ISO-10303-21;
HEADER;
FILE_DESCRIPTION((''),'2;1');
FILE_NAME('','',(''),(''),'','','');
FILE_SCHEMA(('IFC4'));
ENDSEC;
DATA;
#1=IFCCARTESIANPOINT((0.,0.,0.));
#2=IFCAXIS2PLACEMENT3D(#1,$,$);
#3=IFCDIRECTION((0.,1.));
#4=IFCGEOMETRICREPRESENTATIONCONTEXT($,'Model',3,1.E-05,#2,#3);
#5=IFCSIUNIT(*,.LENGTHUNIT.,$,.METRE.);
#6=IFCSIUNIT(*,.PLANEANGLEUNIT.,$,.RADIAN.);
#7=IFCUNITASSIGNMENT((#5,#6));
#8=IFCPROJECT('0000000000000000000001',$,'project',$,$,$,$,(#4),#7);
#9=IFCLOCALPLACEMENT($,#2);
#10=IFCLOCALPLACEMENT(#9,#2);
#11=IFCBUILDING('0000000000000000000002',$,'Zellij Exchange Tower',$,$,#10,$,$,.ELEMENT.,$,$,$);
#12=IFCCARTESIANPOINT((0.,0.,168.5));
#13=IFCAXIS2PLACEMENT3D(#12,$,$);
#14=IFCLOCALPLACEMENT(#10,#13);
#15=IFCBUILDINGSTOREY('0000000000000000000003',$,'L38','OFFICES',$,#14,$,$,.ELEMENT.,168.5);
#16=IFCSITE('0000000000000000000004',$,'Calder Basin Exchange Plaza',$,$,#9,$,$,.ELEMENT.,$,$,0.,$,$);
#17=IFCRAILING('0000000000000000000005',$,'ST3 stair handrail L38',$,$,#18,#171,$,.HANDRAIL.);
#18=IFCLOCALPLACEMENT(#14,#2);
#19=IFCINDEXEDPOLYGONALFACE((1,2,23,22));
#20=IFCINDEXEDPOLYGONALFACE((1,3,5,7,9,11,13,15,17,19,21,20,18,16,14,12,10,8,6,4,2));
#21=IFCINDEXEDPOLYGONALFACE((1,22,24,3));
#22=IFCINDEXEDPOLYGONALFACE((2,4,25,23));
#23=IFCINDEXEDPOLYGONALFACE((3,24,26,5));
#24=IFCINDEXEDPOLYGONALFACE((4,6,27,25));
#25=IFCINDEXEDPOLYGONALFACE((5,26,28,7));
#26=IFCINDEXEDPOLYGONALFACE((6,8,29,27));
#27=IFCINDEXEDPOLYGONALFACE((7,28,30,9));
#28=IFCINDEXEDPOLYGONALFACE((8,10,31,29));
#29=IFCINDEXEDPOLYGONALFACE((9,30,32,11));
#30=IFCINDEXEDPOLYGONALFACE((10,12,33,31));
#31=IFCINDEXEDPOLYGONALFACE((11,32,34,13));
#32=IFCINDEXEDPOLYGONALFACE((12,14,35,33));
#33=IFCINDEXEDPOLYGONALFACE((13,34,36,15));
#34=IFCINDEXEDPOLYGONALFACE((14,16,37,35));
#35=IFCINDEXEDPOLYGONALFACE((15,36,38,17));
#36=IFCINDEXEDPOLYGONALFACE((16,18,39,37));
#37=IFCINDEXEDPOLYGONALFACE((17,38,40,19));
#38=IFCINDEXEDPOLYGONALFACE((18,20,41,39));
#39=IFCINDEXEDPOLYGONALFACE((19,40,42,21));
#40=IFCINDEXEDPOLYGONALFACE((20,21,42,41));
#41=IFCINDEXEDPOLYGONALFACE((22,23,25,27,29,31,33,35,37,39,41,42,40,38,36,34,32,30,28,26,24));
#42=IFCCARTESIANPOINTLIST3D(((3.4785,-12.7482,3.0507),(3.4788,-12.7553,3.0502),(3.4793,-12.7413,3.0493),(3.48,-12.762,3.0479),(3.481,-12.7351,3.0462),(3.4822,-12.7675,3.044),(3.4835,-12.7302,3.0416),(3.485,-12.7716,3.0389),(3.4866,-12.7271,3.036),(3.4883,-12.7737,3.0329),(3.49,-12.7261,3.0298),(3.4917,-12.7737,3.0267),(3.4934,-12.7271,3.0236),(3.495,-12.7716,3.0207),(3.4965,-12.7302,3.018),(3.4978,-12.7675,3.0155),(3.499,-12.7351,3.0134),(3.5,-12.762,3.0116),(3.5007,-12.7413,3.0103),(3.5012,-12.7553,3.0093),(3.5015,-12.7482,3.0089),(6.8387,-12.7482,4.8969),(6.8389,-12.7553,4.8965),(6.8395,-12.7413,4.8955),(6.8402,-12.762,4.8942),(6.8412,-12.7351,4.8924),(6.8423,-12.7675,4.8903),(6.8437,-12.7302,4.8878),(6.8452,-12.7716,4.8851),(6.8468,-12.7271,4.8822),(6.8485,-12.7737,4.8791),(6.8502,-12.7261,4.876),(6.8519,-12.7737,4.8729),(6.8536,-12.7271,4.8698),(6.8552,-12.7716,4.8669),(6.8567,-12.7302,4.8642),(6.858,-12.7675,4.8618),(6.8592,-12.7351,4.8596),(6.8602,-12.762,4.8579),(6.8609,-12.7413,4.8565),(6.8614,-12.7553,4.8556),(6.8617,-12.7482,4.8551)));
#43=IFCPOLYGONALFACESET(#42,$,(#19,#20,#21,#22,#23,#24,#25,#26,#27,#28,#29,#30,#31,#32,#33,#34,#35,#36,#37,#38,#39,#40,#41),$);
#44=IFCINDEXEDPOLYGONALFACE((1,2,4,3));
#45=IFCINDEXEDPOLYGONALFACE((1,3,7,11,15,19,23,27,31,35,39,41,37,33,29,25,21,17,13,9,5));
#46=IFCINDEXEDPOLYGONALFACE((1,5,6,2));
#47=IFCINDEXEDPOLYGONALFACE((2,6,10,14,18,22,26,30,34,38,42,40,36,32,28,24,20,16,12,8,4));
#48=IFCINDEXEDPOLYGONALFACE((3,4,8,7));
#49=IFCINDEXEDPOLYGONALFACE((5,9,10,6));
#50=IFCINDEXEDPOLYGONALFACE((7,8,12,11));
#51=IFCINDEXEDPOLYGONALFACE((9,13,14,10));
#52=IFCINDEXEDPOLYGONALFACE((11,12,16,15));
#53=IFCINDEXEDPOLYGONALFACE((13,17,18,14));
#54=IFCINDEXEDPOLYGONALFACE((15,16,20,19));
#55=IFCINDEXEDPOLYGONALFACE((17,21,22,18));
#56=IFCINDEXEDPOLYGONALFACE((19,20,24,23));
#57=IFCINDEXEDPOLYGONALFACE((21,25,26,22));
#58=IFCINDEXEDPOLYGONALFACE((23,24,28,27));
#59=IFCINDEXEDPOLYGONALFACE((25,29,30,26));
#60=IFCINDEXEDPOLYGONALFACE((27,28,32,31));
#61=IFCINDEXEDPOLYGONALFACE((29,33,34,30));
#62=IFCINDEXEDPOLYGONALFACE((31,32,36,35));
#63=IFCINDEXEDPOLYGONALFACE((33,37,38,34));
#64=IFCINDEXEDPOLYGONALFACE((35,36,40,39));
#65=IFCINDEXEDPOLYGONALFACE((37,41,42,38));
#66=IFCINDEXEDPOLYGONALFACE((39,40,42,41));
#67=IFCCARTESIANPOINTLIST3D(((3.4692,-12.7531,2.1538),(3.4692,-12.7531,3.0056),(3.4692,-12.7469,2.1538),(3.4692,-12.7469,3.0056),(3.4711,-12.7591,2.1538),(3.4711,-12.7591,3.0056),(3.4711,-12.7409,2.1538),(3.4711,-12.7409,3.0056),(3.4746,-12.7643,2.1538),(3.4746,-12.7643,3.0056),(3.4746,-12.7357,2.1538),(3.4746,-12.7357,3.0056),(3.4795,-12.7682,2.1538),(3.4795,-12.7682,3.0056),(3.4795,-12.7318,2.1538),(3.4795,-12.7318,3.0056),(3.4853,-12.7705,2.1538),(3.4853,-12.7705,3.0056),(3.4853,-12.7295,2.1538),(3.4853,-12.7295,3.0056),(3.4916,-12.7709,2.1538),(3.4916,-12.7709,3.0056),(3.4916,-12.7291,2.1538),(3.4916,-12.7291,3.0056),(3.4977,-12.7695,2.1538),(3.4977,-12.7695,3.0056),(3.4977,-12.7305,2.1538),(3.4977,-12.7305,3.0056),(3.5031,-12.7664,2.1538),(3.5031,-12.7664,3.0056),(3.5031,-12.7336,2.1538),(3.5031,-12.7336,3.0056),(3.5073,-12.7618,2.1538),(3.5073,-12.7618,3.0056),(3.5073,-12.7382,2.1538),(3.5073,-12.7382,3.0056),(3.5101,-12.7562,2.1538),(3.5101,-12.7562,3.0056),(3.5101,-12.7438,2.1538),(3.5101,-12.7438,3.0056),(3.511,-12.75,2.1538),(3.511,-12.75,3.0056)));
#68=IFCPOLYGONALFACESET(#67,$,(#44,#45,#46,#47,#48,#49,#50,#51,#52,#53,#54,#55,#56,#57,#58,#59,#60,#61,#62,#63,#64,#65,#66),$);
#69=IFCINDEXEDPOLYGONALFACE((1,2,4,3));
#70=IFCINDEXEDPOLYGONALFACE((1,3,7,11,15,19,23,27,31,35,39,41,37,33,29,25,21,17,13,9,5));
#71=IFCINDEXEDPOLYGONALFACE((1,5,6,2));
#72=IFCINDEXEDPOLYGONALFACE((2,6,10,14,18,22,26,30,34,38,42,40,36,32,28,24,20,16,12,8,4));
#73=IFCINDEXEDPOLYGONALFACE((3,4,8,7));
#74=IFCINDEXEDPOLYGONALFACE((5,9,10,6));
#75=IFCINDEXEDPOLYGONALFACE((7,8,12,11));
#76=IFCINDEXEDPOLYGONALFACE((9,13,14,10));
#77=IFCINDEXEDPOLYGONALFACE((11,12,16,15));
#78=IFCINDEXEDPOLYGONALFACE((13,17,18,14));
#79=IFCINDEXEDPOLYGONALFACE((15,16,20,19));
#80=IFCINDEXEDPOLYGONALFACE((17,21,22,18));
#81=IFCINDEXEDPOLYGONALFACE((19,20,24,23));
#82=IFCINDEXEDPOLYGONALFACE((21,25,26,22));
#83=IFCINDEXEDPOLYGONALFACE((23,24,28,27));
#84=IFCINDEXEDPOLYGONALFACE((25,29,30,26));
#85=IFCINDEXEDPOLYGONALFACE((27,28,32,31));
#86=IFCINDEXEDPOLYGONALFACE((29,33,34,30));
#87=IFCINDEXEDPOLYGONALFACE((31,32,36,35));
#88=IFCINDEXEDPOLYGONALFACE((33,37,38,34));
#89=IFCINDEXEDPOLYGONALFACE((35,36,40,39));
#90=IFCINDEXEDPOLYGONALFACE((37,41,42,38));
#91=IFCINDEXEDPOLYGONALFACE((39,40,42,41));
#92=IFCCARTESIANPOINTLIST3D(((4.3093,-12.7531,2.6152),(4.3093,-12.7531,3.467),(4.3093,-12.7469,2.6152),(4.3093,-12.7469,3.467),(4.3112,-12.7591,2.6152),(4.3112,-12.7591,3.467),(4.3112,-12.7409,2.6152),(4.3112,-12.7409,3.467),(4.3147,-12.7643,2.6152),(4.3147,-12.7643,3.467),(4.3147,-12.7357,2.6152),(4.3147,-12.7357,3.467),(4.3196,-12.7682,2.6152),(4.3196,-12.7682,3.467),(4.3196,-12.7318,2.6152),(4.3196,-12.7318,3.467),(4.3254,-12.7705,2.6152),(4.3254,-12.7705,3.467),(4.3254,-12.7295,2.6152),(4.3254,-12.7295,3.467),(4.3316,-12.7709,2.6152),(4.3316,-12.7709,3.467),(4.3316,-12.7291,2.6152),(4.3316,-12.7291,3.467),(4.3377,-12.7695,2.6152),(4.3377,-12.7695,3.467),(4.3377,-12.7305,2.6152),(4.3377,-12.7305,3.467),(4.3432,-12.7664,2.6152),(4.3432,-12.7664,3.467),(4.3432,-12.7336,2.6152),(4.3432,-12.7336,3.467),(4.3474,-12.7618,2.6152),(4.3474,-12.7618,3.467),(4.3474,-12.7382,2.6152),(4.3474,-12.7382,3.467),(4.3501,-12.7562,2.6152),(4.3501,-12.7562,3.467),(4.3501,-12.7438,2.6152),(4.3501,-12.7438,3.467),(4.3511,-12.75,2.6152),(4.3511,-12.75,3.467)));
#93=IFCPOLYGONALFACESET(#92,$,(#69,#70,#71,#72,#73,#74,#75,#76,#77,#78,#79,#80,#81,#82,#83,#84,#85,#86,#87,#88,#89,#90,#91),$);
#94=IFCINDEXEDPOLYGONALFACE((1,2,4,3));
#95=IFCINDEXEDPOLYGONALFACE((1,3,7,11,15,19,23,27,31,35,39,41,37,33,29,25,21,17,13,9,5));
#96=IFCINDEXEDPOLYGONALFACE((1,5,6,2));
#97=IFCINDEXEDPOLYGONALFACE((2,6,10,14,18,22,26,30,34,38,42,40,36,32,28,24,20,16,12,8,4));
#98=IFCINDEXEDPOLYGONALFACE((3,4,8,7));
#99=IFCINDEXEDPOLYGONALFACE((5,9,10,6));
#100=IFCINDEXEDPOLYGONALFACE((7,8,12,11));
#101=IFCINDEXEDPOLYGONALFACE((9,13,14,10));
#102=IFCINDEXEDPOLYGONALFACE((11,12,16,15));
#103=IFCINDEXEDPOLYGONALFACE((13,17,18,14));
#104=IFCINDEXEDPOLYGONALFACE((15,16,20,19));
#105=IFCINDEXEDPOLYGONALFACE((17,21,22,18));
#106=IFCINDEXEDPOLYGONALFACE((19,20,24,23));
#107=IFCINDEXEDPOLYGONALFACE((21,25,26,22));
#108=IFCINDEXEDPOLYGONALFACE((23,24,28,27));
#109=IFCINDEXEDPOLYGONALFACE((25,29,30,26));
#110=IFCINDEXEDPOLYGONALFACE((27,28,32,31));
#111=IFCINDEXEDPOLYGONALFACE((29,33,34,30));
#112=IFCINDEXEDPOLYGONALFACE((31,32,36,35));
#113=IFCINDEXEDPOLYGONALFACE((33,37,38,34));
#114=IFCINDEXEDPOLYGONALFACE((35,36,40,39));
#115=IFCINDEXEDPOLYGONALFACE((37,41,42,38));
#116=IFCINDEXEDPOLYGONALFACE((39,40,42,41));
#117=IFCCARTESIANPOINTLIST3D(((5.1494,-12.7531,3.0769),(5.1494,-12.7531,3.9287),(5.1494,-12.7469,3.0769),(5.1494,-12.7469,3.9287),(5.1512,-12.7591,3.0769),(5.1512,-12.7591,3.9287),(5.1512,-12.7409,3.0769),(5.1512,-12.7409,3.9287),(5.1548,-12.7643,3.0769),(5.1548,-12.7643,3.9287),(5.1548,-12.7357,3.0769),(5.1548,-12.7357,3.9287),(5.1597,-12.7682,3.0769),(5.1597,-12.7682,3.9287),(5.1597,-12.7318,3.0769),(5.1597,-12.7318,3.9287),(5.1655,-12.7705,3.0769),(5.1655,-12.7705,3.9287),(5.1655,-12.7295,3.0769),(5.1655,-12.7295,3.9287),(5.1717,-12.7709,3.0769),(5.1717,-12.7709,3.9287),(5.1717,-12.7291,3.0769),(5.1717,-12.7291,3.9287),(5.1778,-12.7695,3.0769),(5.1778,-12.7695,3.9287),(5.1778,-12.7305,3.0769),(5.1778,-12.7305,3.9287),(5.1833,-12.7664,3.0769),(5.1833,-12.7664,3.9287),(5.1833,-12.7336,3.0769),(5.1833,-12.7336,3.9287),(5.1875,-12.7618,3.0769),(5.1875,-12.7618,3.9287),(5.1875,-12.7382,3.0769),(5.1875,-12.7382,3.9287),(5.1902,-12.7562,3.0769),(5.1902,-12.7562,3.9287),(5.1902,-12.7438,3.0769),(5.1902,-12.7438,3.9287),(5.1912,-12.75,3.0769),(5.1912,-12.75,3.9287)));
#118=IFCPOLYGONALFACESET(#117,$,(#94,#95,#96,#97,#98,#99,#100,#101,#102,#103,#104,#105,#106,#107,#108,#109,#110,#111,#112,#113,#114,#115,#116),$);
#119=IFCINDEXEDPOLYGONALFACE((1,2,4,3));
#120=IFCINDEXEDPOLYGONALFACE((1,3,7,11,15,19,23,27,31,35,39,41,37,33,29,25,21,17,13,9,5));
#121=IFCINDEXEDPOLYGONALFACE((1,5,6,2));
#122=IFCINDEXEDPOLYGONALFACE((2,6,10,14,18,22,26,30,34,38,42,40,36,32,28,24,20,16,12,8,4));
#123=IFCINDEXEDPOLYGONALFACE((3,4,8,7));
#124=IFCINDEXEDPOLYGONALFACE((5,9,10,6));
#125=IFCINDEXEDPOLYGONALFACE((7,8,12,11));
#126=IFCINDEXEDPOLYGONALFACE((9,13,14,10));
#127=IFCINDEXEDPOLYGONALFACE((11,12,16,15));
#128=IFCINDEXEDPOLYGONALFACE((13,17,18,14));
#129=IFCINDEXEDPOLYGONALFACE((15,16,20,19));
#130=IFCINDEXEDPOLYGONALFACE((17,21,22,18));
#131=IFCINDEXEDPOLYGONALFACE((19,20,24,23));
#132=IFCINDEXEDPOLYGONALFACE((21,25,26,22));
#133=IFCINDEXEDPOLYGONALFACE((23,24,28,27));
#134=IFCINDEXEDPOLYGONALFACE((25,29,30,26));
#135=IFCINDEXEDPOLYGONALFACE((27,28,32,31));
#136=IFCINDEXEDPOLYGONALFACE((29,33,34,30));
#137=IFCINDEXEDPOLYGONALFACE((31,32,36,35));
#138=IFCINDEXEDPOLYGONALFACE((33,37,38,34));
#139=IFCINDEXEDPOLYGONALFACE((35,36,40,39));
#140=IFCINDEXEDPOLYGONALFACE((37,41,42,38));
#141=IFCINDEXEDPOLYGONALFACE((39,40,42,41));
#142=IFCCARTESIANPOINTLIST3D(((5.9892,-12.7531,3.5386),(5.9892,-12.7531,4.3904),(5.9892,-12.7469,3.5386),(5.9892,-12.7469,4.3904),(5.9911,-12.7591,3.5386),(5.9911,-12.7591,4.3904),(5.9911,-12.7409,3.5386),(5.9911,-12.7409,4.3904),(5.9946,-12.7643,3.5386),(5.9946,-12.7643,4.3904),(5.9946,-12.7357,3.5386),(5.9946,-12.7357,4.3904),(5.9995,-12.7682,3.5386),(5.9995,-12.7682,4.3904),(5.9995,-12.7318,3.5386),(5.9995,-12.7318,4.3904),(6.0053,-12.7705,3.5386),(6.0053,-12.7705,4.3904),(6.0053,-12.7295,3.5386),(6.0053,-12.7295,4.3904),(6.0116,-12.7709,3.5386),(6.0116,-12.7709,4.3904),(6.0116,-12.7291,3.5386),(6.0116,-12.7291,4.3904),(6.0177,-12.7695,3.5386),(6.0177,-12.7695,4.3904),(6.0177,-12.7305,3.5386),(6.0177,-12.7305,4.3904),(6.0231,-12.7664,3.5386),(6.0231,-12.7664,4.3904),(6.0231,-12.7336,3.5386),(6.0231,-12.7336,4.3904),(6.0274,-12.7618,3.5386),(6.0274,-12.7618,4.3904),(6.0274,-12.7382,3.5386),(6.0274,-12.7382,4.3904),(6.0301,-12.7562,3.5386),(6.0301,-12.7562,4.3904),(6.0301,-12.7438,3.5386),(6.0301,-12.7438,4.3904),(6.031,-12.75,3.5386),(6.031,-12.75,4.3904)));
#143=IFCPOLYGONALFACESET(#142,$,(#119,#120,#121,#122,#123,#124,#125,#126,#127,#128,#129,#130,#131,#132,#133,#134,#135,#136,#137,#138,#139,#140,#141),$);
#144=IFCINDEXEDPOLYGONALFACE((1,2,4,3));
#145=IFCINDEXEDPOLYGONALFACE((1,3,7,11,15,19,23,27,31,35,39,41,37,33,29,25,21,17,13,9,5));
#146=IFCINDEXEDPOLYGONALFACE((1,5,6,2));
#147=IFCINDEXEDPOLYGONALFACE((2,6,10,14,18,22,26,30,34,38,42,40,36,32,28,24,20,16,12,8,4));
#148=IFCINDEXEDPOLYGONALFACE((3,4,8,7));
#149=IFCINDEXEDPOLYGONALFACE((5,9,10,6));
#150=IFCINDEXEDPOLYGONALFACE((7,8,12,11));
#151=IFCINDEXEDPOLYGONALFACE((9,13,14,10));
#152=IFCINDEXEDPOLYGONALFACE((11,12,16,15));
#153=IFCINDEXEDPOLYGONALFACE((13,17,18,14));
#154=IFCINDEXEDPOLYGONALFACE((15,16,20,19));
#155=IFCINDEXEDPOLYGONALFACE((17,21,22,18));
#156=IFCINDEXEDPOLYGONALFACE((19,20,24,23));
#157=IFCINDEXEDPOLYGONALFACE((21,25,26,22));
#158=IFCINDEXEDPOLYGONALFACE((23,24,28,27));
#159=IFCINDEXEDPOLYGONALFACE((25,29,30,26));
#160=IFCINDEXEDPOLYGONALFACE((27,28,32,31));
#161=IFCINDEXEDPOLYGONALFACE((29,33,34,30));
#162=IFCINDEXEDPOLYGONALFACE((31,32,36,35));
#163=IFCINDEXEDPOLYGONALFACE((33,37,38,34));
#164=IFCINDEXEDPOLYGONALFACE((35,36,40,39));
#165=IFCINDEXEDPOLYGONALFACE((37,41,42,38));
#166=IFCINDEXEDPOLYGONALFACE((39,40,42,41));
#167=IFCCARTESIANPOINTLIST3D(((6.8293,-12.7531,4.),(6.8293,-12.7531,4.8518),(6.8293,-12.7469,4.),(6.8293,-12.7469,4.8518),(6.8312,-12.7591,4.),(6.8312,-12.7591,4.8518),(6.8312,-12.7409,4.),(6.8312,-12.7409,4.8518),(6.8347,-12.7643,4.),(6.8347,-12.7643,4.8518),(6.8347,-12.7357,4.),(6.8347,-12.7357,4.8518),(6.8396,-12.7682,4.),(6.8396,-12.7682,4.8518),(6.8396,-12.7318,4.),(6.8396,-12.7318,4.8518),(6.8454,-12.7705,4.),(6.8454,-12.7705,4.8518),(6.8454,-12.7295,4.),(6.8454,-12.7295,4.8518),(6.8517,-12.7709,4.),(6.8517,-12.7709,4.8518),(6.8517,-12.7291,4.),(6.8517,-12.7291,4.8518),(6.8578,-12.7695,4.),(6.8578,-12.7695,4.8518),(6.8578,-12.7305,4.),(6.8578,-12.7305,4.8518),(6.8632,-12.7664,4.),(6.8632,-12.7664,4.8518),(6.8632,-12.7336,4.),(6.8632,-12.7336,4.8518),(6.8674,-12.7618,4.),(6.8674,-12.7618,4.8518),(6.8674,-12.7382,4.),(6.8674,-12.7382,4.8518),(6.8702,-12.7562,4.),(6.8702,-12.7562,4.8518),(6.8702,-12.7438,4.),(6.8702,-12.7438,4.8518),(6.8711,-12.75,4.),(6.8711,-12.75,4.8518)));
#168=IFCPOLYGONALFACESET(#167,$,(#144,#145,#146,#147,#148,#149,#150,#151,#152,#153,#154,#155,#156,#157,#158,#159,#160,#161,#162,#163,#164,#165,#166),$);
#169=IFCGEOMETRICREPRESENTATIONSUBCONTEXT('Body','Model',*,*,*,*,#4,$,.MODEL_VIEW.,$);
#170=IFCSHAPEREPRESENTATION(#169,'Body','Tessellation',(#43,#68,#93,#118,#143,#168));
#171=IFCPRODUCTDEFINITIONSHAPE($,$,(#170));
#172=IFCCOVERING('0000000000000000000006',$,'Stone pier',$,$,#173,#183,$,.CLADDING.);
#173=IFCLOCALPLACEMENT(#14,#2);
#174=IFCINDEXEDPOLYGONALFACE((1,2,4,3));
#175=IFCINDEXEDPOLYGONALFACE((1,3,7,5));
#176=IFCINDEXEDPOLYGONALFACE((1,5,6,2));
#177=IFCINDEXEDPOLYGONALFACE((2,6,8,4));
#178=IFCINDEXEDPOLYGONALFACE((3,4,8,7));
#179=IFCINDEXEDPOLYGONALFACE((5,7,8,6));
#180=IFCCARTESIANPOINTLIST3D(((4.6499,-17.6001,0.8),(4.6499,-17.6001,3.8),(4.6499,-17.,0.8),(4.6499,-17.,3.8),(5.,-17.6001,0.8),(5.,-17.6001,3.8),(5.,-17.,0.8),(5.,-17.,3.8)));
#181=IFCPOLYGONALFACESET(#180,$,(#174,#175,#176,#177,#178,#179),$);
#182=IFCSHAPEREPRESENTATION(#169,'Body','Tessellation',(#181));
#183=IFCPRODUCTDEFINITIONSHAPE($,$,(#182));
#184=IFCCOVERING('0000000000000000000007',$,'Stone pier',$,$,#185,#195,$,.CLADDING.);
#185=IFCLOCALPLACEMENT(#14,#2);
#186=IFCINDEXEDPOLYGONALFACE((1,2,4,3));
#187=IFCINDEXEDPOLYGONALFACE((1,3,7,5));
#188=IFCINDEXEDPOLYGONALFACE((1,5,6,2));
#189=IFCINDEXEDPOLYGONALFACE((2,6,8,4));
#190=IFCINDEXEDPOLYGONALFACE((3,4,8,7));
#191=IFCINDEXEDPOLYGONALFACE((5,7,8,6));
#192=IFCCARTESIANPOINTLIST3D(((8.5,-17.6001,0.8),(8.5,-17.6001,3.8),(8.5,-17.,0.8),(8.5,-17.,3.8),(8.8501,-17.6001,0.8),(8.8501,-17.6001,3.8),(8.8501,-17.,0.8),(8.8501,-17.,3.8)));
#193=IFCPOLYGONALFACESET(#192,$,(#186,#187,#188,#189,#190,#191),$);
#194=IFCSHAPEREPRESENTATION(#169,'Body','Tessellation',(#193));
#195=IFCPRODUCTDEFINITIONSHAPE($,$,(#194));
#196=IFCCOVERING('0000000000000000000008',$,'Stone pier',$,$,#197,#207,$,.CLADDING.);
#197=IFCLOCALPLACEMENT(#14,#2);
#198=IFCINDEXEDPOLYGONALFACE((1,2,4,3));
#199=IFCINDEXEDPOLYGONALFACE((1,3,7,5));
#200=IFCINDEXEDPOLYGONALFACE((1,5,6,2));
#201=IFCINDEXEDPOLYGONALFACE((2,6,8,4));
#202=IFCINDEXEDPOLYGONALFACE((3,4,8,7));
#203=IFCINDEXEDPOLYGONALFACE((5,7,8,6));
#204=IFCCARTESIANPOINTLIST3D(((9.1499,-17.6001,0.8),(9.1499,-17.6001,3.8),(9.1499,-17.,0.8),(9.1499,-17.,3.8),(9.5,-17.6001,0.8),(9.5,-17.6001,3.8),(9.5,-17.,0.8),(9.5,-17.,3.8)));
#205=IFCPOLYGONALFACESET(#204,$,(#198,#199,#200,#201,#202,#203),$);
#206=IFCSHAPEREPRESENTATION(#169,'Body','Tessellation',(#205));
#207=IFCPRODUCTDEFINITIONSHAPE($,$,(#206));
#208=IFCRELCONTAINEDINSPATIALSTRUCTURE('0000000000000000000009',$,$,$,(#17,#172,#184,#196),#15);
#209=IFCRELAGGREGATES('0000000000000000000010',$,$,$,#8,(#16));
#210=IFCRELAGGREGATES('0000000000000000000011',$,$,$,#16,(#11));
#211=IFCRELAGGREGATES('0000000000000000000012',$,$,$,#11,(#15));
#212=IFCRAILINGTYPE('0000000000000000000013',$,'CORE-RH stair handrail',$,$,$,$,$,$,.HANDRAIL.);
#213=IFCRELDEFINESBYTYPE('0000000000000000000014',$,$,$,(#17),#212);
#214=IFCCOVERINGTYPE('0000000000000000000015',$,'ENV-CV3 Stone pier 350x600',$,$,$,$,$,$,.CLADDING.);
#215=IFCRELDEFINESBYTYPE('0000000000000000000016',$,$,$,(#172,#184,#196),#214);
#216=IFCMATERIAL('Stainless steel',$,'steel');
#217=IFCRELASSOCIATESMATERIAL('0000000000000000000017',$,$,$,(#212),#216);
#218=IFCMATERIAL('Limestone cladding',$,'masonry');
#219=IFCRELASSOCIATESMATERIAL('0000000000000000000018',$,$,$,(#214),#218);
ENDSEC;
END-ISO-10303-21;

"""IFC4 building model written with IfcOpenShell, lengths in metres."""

from ifc_helpers import new_model, si_unit, direction, frame, origin, origin_2d, place, context, subcontext, project, spatial, polyline, circle, outline, extrude, material, type_object, element, save


model = new_model("IFC4")

# Units and contexts
model_context = context("Model", 3, precision=1e-05, world=origin(), true_north=direction((0.0, 1.0)))
body_context = subcontext(model_context, "Body", "Model", "MODEL_VIEW")
ifc_project = project(units=[si_unit("LENGTHUNIT", "METRE"), si_unit("PLANEANGLEUNIT", "RADIAN")], contexts=[model_context])

# Site, building, storey
site_placement = place(None, origin())
site = spatial("IfcSite", under=ifc_project, at=site_placement, Name="Calder Basin Exchange Plaza", CompositionType="ELEMENT", RefElevation=0.0)
building_placement = place(site_placement, origin())
building = spatial("IfcBuilding", under=site, at=building_placement, Name="Zellij Exchange Tower", CompositionType="ELEMENT")
storey_placement = place(building_placement, frame((0.0, 0.0, 168.5)))
storey = spatial("IfcBuildingStorey", under=building, at=storey_placement, Name="L38", Description="OFFICES", CompositionType="ELEMENT", Elevation=168.5)

# Railing
ifc_material_1 = material(Name="Stainless steel", Category="steel")
railing_type_1 = type_object("IfcRailingType", Name="CORE-RH stair handrail", PredefinedType="HANDRAIL", material=ifc_material_1)
railing_1_placement = place(storey_placement, frame((3.49, -12.75, 2.1538)))
element("IfcRailing", 1, at=railing_1_placement, inside=storey, type_object=railing_type_1, Name="ST3 stair handrail L38", PredefinedType="HANDRAIL", context=body_context, shape_type="SweptSolid", body=[
    extrude(circle(Radius=0.0239, at=origin_2d()), frame((0.0, 0.0, 0.876), z_axis=(0.876422, 0.0, 0.481545), x_axis=(0.0, 1.0, 0.0)), (0.0, 0.0, 1.0), 3.834),
    extrude(circle(Radius=0.021, at=origin_2d()), origin(), (0.0, 0.0, 1.0), 0.8518),
    extrude(circle(Radius=0.021, at=origin_2d()), frame((0.8401, 0.0, 0.4614)), (0.0, 0.0, 1.0), 0.8518),
    extrude(circle(Radius=0.021, at=origin_2d()), frame((1.6802, 0.0, 0.9231)), (0.0, 0.0, 1.0), 0.8518),
    extrude(circle(Radius=0.021, at=origin_2d()), frame((2.52, 0.0, 1.3848)), (0.0, 0.0, 1.0), 0.8518),
    extrude(circle(Radius=0.021, at=origin_2d()), frame((3.3601, 0.0, 1.8462)), (0.0, 0.0, 1.0), 0.8518),
])

# Coverings
ifc_material_2 = material(Name="Limestone cladding", Category="masonry")
covering_type = type_object("IfcCoveringType", Name="ENV-CV3 Stone pier 350x600", PredefinedType="CLADDING", material=ifc_material_2)
covering_1_placement = place(storey_placement, frame((0.0, 0.0, 0.8)))
element("IfcCovering", 2, at=covering_1_placement, inside=storey, type_object=covering_type, Name="Stone pier", PredefinedType="CLADDING", context=body_context, shape_type="SweptSolid", body=[
    extrude(outline(polyline([(4.6499, -17.0), (5.0, -17.0), (5.0, -17.6001), (4.6499, -17.6001), (4.6499, -17.0)])), origin(), (0.0, 0.0, 1.0), 3.0),
])
covering_2_placement = place(storey_placement, frame((0.0, 0.0, 0.8)))
element("IfcCovering", 3, at=covering_2_placement, inside=storey, type_object=covering_type, Name="Stone pier", PredefinedType="CLADDING", context=body_context, shape_type="SweptSolid", body=[
    extrude(outline(polyline([(8.5, -17.0), (8.8501, -17.0), (8.8501, -17.6001), (8.5, -17.6001), (8.5, -17.0)])), origin(), (0.0, 0.0, 1.0), 3.0),
])
covering_3_placement = place(storey_placement, frame((0.0, 0.0, 0.8)))
element("IfcCovering", 4, at=covering_3_placement, inside=storey, type_object=covering_type, Name="Stone pier", PredefinedType="CLADDING", context=body_context, shape_type="SweptSolid", body=[
    extrude(outline(polyline([(9.1499, -17.0), (9.5, -17.0), (9.5, -17.6001), (9.1499, -17.6001), (9.1499, -17.0)])), origin(), (0.0, 0.0, 1.0), 3.0),
])

save(model, "model.ifc")
